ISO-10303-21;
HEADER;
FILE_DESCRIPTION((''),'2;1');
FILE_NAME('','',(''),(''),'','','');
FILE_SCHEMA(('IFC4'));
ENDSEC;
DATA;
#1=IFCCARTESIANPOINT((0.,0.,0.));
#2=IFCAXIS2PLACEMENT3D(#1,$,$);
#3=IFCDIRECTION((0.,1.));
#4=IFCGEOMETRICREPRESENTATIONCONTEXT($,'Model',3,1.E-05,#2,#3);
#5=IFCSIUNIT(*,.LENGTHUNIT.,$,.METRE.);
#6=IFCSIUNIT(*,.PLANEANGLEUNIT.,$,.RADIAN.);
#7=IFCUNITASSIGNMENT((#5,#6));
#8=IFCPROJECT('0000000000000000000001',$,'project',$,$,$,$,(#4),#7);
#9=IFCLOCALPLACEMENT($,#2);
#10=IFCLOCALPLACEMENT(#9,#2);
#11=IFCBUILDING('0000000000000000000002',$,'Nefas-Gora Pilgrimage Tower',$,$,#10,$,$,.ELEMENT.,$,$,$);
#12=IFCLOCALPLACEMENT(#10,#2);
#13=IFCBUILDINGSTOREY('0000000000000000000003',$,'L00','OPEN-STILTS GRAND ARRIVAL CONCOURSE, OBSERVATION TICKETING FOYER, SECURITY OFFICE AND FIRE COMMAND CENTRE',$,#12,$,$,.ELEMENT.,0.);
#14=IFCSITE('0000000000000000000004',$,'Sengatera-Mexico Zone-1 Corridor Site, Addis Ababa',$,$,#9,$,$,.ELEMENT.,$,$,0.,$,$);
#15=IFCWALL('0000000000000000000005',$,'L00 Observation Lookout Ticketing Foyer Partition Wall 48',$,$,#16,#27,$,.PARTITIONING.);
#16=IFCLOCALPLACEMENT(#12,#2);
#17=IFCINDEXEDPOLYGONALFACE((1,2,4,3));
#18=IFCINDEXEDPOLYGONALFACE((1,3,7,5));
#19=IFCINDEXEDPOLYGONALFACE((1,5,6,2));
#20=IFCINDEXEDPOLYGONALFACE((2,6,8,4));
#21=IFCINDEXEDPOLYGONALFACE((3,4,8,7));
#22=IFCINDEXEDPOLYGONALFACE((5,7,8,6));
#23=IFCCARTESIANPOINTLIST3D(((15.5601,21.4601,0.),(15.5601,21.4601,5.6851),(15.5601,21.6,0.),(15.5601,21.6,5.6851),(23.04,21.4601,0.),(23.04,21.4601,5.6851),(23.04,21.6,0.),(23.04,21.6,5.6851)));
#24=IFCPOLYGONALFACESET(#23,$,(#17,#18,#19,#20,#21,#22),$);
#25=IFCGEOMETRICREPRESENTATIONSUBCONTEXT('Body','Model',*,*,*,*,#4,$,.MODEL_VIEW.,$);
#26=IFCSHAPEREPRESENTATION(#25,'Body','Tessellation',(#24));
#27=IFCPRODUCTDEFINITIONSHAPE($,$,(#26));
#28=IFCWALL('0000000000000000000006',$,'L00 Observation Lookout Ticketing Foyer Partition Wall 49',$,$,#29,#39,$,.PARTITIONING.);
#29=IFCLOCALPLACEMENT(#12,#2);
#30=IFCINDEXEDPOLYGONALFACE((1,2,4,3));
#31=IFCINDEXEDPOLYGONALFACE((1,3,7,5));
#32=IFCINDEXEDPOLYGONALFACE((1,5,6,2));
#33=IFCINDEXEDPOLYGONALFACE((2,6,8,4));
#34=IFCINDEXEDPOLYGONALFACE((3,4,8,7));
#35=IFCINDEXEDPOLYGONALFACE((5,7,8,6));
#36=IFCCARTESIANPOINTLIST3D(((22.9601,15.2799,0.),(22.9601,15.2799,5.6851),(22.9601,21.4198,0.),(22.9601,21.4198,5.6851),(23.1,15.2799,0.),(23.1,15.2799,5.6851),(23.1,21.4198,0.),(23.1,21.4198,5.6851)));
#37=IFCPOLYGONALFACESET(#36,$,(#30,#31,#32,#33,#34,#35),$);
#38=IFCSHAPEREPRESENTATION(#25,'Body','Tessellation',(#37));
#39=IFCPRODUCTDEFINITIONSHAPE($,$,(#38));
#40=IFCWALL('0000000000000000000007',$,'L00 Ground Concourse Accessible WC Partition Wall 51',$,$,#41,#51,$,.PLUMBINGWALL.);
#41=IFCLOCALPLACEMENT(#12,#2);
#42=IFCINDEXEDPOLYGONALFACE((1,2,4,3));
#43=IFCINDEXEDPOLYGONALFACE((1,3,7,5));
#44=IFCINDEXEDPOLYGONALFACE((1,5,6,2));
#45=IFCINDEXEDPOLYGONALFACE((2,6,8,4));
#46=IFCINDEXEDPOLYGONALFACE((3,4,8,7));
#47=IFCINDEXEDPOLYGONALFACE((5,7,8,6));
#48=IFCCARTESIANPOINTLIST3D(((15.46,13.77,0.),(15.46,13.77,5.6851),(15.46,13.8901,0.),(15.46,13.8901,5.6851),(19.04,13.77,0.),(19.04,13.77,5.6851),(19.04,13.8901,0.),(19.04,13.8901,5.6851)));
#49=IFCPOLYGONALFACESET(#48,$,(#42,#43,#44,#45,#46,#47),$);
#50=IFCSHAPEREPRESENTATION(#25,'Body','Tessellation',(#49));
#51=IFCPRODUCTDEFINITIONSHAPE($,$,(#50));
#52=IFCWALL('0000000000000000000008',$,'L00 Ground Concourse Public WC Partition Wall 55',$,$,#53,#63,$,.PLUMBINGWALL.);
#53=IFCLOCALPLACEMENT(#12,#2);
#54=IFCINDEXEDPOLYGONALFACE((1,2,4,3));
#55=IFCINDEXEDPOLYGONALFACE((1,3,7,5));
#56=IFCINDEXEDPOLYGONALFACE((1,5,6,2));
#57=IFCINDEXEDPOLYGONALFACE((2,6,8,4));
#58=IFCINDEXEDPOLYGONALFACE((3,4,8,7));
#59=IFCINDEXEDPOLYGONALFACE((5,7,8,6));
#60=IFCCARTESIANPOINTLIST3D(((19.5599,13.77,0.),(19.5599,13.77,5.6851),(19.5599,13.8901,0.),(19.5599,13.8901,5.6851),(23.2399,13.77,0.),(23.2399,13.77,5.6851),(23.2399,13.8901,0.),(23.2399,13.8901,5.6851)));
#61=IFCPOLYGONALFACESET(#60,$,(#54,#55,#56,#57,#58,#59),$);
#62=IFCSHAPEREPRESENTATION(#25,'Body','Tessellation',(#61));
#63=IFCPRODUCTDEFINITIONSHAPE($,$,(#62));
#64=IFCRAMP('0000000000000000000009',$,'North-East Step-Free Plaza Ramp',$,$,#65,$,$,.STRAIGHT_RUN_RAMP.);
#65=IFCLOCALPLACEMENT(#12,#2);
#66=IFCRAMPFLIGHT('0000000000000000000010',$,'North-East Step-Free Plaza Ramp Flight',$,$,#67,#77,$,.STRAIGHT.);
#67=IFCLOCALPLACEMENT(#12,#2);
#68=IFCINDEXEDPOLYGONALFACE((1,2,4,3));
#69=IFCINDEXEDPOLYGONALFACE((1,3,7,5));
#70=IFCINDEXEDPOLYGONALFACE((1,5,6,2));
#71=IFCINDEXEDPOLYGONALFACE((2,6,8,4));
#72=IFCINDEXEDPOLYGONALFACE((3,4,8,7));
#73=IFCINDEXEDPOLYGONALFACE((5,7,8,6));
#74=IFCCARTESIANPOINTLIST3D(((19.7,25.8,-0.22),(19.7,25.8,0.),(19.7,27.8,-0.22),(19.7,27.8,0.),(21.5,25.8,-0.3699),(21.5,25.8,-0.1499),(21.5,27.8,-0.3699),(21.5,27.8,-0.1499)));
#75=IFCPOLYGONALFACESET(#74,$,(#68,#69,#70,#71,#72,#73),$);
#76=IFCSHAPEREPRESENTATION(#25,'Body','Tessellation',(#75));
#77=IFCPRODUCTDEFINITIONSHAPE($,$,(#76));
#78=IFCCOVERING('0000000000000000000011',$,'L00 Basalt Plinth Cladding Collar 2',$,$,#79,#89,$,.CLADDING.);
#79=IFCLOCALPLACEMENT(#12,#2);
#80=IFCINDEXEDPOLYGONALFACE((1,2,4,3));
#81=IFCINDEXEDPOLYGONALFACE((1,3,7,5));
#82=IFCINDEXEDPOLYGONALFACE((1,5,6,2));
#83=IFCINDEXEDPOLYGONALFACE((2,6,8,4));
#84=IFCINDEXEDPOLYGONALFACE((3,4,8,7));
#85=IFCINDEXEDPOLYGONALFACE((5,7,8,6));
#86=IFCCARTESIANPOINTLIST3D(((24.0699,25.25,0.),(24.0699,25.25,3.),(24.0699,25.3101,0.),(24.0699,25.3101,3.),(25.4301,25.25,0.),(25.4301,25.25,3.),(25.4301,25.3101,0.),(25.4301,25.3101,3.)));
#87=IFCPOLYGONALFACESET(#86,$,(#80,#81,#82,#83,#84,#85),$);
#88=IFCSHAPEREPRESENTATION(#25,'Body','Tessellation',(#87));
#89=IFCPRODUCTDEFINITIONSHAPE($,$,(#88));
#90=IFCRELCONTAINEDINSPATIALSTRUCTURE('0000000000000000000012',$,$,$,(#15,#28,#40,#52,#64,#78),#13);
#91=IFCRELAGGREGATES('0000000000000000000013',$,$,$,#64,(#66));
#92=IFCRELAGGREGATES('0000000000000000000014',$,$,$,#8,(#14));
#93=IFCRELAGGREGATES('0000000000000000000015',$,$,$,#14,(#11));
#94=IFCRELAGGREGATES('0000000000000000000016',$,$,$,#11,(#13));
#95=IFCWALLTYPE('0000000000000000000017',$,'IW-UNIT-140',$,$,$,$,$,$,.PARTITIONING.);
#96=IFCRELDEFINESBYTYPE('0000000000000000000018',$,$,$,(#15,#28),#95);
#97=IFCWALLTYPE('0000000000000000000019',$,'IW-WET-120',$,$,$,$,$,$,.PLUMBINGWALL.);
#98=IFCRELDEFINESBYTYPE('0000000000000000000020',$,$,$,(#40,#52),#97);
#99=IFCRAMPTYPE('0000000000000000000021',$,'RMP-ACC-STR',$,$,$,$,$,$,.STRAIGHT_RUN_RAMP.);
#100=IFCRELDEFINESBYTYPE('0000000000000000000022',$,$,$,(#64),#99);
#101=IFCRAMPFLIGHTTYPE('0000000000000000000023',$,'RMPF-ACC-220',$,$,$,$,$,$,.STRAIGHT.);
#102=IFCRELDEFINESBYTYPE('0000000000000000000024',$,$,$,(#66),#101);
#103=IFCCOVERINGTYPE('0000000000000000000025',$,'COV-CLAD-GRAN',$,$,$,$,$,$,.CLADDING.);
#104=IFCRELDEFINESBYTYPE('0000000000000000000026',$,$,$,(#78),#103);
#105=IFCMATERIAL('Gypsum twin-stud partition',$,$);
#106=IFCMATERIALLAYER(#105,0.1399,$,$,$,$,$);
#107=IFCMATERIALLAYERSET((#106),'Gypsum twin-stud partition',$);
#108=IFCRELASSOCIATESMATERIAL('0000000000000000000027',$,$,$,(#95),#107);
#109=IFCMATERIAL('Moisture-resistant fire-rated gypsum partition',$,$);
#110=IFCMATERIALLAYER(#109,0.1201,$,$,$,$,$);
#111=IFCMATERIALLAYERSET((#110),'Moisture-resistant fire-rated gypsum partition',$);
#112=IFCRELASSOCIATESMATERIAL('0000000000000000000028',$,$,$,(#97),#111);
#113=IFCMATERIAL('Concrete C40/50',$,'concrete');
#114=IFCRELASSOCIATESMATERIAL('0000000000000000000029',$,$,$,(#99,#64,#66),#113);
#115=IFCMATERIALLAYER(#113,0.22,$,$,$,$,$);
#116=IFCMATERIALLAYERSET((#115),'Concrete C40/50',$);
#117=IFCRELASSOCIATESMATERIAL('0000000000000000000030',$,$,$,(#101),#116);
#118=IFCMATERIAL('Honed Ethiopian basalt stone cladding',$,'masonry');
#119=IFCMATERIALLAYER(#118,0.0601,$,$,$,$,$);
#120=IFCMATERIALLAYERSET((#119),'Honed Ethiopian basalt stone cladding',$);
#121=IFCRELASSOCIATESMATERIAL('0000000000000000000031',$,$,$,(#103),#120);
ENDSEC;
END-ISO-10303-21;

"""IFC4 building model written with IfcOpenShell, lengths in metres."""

from ifc_helpers import new_model, si_unit, direction, frame, frame_2d, origin, origin_2d, place, context, subcontext, project, spatial, polyline, rectangle, outline, extrude, source, transform, mapped, material, layer, layer_set, type_object, element, aggregate, save


model = new_model("IFC4")

# Units and contexts
model_context = context("Model", 3, precision=1e-05, world=origin(), true_north=direction((0.0, 1.0)))
body_context = subcontext(model_context, "Body", "Model", "MODEL_VIEW")
ifc_project = project(units=[si_unit("LENGTHUNIT", "METRE"), si_unit("PLANEANGLEUNIT", "RADIAN")], contexts=[model_context])

# Site, building, storey
site_placement = place(None, origin())
site = spatial("IfcSite", under=ifc_project, at=site_placement, Name="Sengatera-Mexico Zone-1 Corridor Site, Addis Ababa", CompositionType="ELEMENT", RefElevation=0.0)
building_placement = place(site_placement, origin())
building = spatial("IfcBuilding", under=site, at=building_placement, Name="Nefas-Gora Pilgrimage Tower", CompositionType="ELEMENT")
storey_placement = place(building_placement, origin())
storey = spatial("IfcBuildingStorey", under=building, at=storey_placement, Name="L00", Description="OPEN-STILTS GRAND ARRIVAL CONCOURSE, OBSERVATION TICKETING FOYER, SECURITY OFFICE AND FIRE COMMAND CENTRE", CompositionType="ELEMENT", Elevation=0.0)

# Walls
ifc_material_1 = material(Name="Gypsum twin-stud partition")
ifc_layer_1 = layer(ifc_material_1, 0.1399)
ifc_layer_set_1 = layer_set([ifc_layer_1], Name="Gypsum twin-stud partition")
wall_type_1 = type_object("IfcWallType", Name="IW-UNIT-140", PredefinedType="PARTITIONING", material=ifc_layer_set_1)
shared_shape_1 = source(origin(), body_context, "Body", "SweptSolid", [
    extrude(rectangle(XDim=7.48, YDim=0.1399, at=frame_2d((3.74, 0.0))), origin(), (0.0, 0.0, 1.0), 5.6851),
])
for number, where, z_axis, x_axis, name in (
    (1, (15.5601, 21.53, 0.0), (0.0, 0.0, 1.0), (1.0, 0.0, 0.0), "L00 Observation Lookout Ticketing Foyer Partition Wall 48"),
):
    element("IfcWall", number, at=place(storey_placement, frame(where, z_axis=z_axis, x_axis=x_axis)), inside=storey, type_object=wall_type_1, Name=name, PredefinedType="PARTITIONING", context=body_context, shape_type="MappedRepresentation", body=[
        mapped(shared_shape_1, transform((0.0, 0.0, 0.0), x_axis=(1.0, 0.0, 0.0), y_axis=(0.0, 1.0, 0.0), z_axis=(0.0, 0.0, 1.0), scale=1.0)),
    ])
shared_shape_2 = source(origin(), body_context, "Body", "SweptSolid", [
    extrude(rectangle(XDim=6.1399, YDim=0.1399, at=frame_2d((3.0698, 0.0))), origin(), (0.0, 0.0, 1.0), 5.6851),
])
wall_1_placement = place(storey_placement, frame((23.03, 15.28, 0.0), z_axis=(0.0, 0.0, 1.0), x_axis=(0.0, 1.0, 0.0)))
element("IfcWall", 2, at=wall_1_placement, inside=storey, type_object=wall_type_1, Name="L00 Observation Lookout Ticketing Foyer Partition Wall 49", PredefinedType="PARTITIONING", context=body_context, shape_type="MappedRepresentation", body=[
    mapped(shared_shape_2, transform((0.0, 0.0, 0.0), x_axis=(1.0, 0.0, 0.0), y_axis=(0.0, 1.0, 0.0), z_axis=(0.0, 0.0, 1.0), scale=1.0)),
])
ifc_material_2 = material(Name="Moisture-resistant fire-rated gypsum partition")
ifc_layer_2 = layer(ifc_material_2, 0.1201)
ifc_layer_set_2 = layer_set([ifc_layer_2], Name="Moisture-resistant fire-rated gypsum partition")
wall_type_2 = type_object("IfcWallType", Name="IW-WET-120", PredefinedType="PLUMBINGWALL", material=ifc_layer_set_2)
shared_shape_3 = source(origin(), body_context, "Body", "SweptSolid", [
    extrude(rectangle(XDim=3.5801, YDim=0.1201, at=frame_2d((1.79, 0.0))), origin(), (0.0, 0.0, 1.0), 5.6851),
])
wall_2_placement = place(storey_placement, frame((15.46, 13.8301, 0.0), z_axis=(0.0, 0.0, 1.0), x_axis=(1.0, 0.0, 0.0)))
element("IfcWall", 3, at=wall_2_placement, inside=storey, type_object=wall_type_2, Name="L00 Ground Concourse Accessible WC Partition Wall 51", PredefinedType="PLUMBINGWALL", context=body_context, shape_type="MappedRepresentation", body=[
    mapped(shared_shape_3, transform((0.0, 0.0, 0.0), x_axis=(1.0, 0.0, 0.0), y_axis=(0.0, 1.0, 0.0), z_axis=(0.0, 0.0, 1.0), scale=1.0)),
])
shared_shape_4 = source(origin(), body_context, "Body", "SweptSolid", [
    extrude(rectangle(XDim=3.6799, YDim=0.1201, at=frame_2d((1.8398, 0.0))), origin(), (0.0, 0.0, 1.0), 5.6851),
])
wall_3_placement = place(storey_placement, frame((19.5601, 13.8301, 0.0), z_axis=(0.0, 0.0, 1.0), x_axis=(1.0, 0.0, 0.0)))
element("IfcWall", 4, at=wall_3_placement, inside=storey, type_object=wall_type_2, Name="L00 Ground Concourse Public WC Partition Wall 55", PredefinedType="PLUMBINGWALL", context=body_context, shape_type="MappedRepresentation", body=[
    mapped(shared_shape_4, transform((0.0, 0.0, 0.0), x_axis=(1.0, 0.0, 0.0), y_axis=(0.0, 1.0, 0.0), z_axis=(0.0, 0.0, 1.0), scale=1.0)),
])

# Ramp, ramp flight
ifc_material_3 = material(Name="Concrete C40/50", Category="concrete")
ramp_type = type_object("IfcRampType", Name="RMP-ACC-STR", PredefinedType="STRAIGHT_RUN_RAMP", material=ifc_material_3)
ramp_placement = place(storey_placement, origin())
ramp = element("IfcRamp", 5, at=ramp_placement, inside=storey, type_object=ramp_type, material=ifc_material_3, Name="North-East Step-Free Plaza Ramp", PredefinedType="STRAIGHT_RUN_RAMP")
ifc_layer_3 = layer(ifc_material_3, 0.22)
ifc_layer_set_3 = layer_set([ifc_layer_3], Name="Concrete C40/50")
ramp_flight_type = type_object("IfcRampFlightType", Name="RMPF-ACC-220", PredefinedType="STRAIGHT", material=ifc_layer_set_3)
ramp_flight_placement = place(storey_placement, frame((21.5, 26.8, -0.1499), z_axis=(0.0, 0.0, 1.0), x_axis=(-1.0, 0.0, 0.0)))
ramp_flight = element("IfcRampFlight", 6, at=ramp_flight_placement, type_object=ramp_flight_type, material=ifc_material_3, Name="North-East Step-Free Plaza Ramp Flight", PredefinedType="STRAIGHT", context=body_context, shape_type="SweptSolid", body=[
    extrude(outline(polyline([(0.0, 0.0), (1.8, 0.1499), (1.8, -0.0701), (0.0, -0.22), (0.0, 0.0)])), frame((0.0, 1.0, 0.0), z_axis=(0.0, -1.0, 0.0), x_axis=(1.0, 0.0, 0.0)), (0.0, 0.0, 1.0), 2.0),
])
aggregate(ramp, [ramp_flight])

# Covering
ifc_material_4 = material(Name="Honed Ethiopian basalt stone cladding", Category="masonry")
ifc_layer_4 = layer(ifc_material_4, 0.0601)
ifc_layer_set_4 = layer_set([ifc_layer_4], Name="Honed Ethiopian basalt stone cladding")
covering_type = type_object("IfcCoveringType", Name="COV-CLAD-GRAN", PredefinedType="CLADDING", material=ifc_layer_set_4)
shared_shape_5 = source(origin(), body_context, "Body", "SweptSolid", [
    extrude(rectangle(XDim=1.3601, YDim=0.0601, at=origin_2d()), origin(), (0.0, 0.0, 1.0), 3.0),
])
covering_placement = place(storey_placement, frame((24.75, 25.28, 0.0), z_axis=(0.0, 0.0, 1.0), x_axis=(1.0, 0.0, 0.0)))
element("IfcCovering", 7, at=covering_placement, inside=storey, type_object=covering_type, Name="L00 Basalt Plinth Cladding Collar 2", PredefinedType="CLADDING", context=body_context, shape_type="MappedRepresentation", body=[
    mapped(shared_shape_5, transform((0.0, 0.0, 0.0), x_axis=(1.0, 0.0, 0.0), y_axis=(0.0, 1.0, 0.0), z_axis=(0.0, 0.0, 1.0), scale=1.0)),
])

save(model, "model.ifc")
